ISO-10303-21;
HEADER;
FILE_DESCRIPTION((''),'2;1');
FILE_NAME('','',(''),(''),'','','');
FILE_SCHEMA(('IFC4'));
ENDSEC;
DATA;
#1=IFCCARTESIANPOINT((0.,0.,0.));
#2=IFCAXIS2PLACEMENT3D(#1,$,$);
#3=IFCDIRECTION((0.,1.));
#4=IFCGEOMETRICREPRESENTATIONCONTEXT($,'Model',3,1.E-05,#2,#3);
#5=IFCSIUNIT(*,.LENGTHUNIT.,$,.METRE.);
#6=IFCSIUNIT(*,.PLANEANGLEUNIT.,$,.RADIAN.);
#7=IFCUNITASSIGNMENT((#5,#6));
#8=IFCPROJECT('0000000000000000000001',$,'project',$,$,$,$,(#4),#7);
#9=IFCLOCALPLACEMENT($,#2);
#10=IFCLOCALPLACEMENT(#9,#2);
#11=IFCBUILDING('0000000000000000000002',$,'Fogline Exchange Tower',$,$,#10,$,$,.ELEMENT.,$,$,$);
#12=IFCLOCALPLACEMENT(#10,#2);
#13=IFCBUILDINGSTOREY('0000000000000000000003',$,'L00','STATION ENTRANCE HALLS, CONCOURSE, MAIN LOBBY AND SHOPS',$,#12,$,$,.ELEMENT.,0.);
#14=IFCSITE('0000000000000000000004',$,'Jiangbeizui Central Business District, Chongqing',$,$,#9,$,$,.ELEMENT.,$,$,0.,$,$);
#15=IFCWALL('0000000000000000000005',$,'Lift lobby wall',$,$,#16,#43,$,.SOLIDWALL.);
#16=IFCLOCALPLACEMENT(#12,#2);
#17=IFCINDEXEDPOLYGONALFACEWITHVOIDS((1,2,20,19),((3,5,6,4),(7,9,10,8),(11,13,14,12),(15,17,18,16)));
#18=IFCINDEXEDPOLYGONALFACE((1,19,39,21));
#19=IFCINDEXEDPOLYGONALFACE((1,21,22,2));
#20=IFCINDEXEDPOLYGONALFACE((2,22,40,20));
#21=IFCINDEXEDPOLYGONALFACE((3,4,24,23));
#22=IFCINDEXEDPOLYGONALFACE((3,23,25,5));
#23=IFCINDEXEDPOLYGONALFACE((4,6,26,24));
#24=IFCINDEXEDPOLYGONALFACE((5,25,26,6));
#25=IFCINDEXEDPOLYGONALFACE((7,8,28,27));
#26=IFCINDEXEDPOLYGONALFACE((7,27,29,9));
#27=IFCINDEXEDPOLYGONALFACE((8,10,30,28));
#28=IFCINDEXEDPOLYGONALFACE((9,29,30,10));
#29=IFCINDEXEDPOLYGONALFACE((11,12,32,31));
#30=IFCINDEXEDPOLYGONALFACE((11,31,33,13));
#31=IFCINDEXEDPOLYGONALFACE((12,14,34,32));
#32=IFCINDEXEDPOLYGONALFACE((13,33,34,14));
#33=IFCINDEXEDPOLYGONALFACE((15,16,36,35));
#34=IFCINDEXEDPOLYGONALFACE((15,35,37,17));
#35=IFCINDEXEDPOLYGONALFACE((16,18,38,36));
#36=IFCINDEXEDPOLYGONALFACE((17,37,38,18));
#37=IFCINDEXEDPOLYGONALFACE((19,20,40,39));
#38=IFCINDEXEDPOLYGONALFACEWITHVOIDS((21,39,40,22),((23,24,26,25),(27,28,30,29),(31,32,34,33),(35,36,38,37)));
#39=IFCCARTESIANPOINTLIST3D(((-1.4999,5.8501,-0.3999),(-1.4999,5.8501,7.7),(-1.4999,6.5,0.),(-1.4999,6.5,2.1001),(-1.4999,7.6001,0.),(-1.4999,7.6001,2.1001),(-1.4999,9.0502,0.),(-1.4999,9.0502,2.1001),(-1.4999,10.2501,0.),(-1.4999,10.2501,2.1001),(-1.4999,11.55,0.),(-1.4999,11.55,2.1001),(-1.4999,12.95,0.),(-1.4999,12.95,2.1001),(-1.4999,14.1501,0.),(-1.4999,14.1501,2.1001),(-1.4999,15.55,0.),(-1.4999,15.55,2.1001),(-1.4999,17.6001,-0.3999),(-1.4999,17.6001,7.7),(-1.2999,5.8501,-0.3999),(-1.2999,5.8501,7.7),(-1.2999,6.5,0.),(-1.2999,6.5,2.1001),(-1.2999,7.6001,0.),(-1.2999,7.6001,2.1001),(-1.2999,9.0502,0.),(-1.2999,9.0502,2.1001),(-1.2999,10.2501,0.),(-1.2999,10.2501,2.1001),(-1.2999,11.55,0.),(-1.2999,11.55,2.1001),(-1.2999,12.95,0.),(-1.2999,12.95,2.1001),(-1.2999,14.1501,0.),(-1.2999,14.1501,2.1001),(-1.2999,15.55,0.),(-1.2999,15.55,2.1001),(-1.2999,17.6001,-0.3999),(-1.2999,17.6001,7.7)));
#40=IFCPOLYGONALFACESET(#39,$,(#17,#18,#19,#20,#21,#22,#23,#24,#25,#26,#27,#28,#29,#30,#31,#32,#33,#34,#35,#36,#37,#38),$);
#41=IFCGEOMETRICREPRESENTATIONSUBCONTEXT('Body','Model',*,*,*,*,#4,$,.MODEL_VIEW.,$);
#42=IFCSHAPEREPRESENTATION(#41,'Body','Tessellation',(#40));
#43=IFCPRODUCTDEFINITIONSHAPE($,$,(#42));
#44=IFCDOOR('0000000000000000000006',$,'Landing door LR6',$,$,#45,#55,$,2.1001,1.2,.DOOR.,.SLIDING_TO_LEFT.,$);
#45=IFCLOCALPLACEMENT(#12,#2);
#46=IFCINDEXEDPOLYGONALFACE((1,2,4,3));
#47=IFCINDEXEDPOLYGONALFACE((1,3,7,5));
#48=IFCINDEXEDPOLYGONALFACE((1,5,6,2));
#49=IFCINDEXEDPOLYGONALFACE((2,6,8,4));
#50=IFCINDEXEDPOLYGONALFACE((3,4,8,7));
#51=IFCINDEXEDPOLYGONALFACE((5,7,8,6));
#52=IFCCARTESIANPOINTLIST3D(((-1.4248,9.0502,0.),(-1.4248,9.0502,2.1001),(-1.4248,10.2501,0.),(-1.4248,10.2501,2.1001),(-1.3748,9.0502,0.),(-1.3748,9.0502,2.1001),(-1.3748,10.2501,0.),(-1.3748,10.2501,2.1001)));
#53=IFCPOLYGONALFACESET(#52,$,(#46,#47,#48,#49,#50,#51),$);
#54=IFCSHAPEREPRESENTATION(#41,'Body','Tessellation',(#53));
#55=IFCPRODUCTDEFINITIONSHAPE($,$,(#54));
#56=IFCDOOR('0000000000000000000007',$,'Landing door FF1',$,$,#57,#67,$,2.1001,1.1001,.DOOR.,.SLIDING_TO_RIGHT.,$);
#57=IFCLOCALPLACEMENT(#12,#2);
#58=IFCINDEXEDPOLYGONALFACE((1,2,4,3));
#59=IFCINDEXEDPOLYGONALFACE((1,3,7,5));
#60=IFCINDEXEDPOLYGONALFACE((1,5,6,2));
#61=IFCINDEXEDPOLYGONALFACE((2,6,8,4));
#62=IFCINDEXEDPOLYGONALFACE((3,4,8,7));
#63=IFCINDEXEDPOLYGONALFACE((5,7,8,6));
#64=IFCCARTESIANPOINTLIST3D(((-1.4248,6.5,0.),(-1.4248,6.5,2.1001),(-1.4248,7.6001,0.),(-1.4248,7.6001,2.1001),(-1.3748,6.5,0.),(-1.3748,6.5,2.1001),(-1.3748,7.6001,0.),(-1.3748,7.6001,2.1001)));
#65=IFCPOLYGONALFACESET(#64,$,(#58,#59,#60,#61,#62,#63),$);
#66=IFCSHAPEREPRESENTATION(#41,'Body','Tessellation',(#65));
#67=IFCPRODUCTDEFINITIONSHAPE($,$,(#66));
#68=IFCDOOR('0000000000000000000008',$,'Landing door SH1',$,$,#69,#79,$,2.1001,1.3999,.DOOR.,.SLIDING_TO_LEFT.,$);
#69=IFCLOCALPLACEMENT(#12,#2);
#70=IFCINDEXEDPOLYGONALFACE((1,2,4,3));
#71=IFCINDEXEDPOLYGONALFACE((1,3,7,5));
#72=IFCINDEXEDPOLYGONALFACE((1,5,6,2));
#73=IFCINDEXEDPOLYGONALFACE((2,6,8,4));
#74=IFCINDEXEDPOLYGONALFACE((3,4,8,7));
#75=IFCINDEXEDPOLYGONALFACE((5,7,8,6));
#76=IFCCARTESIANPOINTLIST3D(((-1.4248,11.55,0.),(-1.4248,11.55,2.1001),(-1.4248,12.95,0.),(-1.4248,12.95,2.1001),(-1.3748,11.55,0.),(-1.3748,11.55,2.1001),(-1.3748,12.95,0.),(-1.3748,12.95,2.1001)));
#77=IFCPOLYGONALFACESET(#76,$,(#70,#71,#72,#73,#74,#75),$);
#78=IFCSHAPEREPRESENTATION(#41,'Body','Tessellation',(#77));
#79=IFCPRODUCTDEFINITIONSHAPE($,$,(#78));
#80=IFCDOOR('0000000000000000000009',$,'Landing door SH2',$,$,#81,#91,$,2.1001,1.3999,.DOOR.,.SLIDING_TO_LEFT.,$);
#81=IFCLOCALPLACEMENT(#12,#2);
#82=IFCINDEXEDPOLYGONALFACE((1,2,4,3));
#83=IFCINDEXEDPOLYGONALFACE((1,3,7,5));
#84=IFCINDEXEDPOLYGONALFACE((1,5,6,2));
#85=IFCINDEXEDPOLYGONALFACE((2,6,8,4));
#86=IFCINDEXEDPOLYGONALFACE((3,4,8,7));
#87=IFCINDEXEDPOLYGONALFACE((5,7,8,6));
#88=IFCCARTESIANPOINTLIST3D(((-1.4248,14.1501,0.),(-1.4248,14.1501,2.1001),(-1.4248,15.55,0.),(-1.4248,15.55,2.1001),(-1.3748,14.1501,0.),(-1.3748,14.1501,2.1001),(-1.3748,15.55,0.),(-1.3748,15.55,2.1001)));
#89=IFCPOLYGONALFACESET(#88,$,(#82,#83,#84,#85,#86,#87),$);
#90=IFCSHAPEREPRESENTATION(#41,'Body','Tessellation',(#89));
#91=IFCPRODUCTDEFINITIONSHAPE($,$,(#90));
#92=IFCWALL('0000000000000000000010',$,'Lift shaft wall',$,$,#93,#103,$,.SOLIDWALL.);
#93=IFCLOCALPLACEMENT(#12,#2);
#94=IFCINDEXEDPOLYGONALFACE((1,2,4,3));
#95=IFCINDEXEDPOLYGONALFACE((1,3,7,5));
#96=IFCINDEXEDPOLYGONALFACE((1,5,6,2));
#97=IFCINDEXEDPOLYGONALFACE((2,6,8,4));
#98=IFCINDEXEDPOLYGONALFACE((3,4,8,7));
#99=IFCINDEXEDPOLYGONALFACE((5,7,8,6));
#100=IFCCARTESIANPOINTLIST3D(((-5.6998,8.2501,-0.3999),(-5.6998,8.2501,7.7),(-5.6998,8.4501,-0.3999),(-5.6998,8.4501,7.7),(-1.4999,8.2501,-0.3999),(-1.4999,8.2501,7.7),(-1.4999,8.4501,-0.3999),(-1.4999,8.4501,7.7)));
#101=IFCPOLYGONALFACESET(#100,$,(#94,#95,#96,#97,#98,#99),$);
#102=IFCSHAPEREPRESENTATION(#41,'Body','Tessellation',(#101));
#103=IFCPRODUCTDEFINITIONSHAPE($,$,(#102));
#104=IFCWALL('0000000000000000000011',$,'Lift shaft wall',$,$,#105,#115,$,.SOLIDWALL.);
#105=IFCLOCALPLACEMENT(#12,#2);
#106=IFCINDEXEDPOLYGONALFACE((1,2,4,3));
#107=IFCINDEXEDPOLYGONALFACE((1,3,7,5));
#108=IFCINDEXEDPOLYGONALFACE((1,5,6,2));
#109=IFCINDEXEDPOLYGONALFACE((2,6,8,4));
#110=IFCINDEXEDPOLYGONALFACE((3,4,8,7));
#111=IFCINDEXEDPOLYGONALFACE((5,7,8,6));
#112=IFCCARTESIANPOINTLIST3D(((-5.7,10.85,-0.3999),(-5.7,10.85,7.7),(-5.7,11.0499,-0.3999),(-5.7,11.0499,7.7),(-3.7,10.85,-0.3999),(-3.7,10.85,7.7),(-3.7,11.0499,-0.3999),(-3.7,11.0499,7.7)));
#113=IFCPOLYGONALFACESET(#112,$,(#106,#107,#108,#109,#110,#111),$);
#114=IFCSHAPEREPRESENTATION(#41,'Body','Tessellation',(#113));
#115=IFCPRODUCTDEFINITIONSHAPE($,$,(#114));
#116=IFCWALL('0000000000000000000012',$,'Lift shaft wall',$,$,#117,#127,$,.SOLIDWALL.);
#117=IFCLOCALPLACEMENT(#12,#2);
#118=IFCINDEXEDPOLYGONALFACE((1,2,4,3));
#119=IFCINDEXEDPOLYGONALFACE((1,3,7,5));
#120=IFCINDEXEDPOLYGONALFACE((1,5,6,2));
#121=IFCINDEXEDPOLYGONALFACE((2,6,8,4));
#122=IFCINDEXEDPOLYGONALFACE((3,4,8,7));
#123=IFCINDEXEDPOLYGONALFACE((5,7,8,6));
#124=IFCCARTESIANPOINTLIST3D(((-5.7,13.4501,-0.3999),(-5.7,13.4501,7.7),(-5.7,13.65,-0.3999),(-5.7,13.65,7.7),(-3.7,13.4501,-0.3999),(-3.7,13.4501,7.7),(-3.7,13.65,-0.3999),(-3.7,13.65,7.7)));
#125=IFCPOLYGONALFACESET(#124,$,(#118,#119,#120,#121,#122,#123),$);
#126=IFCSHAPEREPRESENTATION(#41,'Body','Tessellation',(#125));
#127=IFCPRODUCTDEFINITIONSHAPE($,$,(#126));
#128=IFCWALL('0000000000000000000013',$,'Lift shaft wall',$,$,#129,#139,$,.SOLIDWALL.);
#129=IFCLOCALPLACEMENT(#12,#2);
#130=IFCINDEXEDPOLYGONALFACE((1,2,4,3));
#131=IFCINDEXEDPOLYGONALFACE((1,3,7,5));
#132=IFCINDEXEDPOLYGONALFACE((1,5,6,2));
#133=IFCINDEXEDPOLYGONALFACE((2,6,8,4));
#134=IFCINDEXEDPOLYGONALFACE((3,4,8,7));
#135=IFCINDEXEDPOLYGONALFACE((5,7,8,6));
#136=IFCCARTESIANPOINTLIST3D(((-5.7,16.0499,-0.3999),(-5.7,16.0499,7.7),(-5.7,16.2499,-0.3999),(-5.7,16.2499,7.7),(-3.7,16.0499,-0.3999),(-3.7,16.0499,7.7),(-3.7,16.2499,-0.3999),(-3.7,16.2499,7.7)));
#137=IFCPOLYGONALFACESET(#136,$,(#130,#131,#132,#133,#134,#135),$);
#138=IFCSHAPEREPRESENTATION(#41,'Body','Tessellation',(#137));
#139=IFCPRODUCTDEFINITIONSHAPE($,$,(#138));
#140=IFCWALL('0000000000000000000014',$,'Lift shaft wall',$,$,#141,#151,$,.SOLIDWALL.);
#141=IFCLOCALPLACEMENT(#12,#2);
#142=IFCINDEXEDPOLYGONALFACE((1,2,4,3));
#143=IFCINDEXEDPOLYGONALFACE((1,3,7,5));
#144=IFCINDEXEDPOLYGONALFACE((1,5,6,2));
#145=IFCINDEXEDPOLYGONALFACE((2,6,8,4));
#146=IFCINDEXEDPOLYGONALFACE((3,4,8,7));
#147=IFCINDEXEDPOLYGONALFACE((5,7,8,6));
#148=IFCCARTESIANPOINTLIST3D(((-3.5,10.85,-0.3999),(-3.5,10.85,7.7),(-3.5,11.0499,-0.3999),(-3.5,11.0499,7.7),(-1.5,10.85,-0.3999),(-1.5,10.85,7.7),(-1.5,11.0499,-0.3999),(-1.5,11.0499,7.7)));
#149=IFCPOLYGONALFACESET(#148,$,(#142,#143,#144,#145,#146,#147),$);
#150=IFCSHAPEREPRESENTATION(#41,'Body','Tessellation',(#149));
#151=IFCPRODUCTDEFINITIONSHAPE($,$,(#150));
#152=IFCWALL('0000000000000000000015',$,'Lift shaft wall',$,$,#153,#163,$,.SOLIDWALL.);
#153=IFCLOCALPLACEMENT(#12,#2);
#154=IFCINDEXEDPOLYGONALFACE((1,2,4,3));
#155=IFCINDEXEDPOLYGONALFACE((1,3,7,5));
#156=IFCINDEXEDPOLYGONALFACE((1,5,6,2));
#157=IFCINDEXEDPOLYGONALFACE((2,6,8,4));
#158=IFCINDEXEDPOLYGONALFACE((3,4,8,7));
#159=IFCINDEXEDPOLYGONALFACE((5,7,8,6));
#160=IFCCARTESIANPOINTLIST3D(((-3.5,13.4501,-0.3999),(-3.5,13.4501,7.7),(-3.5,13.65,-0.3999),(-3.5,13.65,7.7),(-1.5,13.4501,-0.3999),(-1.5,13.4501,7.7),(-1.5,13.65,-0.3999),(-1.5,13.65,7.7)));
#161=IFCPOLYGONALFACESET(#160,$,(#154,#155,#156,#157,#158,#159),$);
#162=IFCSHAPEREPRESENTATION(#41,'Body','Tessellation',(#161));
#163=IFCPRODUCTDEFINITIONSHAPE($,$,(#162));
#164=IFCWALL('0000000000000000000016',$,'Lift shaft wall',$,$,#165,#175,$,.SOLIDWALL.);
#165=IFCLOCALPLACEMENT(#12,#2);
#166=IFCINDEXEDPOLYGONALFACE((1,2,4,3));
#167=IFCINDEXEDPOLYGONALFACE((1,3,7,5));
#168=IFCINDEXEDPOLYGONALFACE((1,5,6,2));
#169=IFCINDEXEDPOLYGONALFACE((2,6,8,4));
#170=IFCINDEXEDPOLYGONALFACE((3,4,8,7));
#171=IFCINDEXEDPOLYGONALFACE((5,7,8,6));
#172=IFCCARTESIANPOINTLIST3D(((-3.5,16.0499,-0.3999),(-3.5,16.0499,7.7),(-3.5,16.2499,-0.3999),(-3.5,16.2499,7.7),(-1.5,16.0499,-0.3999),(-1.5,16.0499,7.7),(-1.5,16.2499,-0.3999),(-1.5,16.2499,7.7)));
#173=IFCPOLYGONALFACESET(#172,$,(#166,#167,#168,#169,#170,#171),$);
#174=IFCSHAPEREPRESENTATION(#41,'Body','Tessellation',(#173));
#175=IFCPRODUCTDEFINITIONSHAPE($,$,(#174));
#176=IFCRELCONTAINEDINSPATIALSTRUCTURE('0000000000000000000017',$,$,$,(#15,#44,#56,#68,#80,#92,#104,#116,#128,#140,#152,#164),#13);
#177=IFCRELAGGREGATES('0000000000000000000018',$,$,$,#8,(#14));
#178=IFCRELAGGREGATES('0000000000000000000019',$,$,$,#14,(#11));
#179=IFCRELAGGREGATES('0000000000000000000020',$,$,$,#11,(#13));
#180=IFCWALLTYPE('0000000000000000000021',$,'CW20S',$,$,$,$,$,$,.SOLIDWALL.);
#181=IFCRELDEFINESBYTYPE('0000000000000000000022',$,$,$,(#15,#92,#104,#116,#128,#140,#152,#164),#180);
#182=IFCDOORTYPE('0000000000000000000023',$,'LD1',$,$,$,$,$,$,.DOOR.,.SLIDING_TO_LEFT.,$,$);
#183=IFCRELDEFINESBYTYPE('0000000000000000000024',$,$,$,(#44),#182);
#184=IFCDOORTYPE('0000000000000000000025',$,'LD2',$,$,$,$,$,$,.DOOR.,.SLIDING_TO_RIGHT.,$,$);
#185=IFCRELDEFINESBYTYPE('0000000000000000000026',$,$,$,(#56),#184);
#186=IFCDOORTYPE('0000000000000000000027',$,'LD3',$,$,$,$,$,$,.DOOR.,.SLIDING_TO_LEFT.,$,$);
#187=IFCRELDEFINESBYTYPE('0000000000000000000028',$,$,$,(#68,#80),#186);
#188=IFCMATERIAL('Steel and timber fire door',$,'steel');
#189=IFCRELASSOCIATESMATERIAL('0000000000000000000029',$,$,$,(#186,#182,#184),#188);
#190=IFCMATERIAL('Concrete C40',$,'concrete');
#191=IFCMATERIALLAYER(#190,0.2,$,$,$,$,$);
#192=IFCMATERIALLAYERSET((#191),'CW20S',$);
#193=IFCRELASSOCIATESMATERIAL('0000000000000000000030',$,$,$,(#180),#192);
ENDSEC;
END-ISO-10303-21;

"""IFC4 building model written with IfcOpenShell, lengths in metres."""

from ifc_helpers import new_model, si_unit, direction, frame, frame_2d, origin, place, context, subcontext, project, spatial, rectangle, extrude, material, layer, layer_set, type_object, element, fill, save


model = new_model("IFC4")

# Units and contexts
model_context = context("Model", 3, precision=1e-05, world=origin(), true_north=direction((0.0, 1.0)))
body_context = subcontext(model_context, "Body", "Model", "MODEL_VIEW")
ifc_project = project(units=[si_unit("LENGTHUNIT", "METRE"), si_unit("PLANEANGLEUNIT", "RADIAN")], contexts=[model_context])

# Site, building, storey
site_placement = place(None, origin())
site = spatial("IfcSite", under=ifc_project, at=site_placement, Name="Jiangbeizui Central Business District, Chongqing", CompositionType="ELEMENT", RefElevation=0.0)
building_placement = place(site_placement, origin())
building = spatial("IfcBuilding", under=site, at=building_placement, Name="Fogline Exchange Tower", CompositionType="ELEMENT")
storey_placement = place(building_placement, origin())
storey = spatial("IfcBuildingStorey", under=building, at=storey_placement, Name="L00", Description="STATION ENTRANCE HALLS, CONCOURSE, MAIN LOBBY AND SHOPS", CompositionType="ELEMENT", Elevation=0.0)

# Shared definitions
ifc_material_1 = material(Name="Steel and timber fire door", Category="steel")

# Shared definitions
ifc_material_2 = material(Name="Concrete C40", Category="concrete")
door_type_1 = type_object("IfcDoorType", Name="LD3", OperationType="SLIDING_TO_LEFT", PredefinedType="DOOR", material=ifc_material_1)

# Shared definitions
ifc_layer_1 = layer(ifc_material_2, 0.2)
ifc_layer_set_1 = layer_set([ifc_layer_1], Name="CW20S")
wall_type_1 = type_object("IfcWallType", Name="CW20S", PredefinedType="SOLIDWALL", material=ifc_layer_set_1)
door_type_2 = type_object("IfcDoorType", Name="LD1", OperationType="SLIDING_TO_LEFT", PredefinedType="DOOR", material=ifc_material_1)

# Wall, openings, doors
wall_1_placement = place(storey_placement, frame((-1.3999, 5.8501, -0.3999), z_axis=(0.0, 0.0, 1.0), x_axis=(0.0, 1.0, 0.0)))
wall_1 = element("IfcWall", 1, at=wall_1_placement, inside=storey, type_object=wall_type_1, Name="Lift lobby wall", PredefinedType="SOLIDWALL", context=body_context, shape_type="SweptSolid", body=[
    extrude(rectangle(XDim=11.75, YDim=0.2, at=frame_2d((5.875, 0.0))), origin(), (0.0, 0.0, 1.0), 8.0999),
])
opening_1_placement = place(wall_1_placement, frame((3.2, 0.0, 0.3999)))
opening_1 = element("IfcOpeningElement", 2, at=opening_1_placement, cuts=wall_1, PredefinedType="OPENING", context=body_context, shape_type="SweptSolid", body=[
    extrude(rectangle(XDim=1.2, YDim=2.1001, at=frame_2d((0.6001, 1.05))), frame((0.0, 0.1099, 0.0), z_axis=(0.0, -1.0, 0.0), x_axis=(1.0, 0.0, 0.0)), (0.0, 0.0, 1.0), 0.22),
])
opening_2_placement = place(wall_1_placement, frame((5.7, 0.0, 0.3999)))
opening_2 = element("IfcOpeningElement", 3, at=opening_2_placement, cuts=wall_1, PredefinedType="OPENING", context=body_context, shape_type="SweptSolid", body=[
    extrude(rectangle(XDim=1.3999, YDim=2.1001, at=frame_2d((0.7, 1.05))), frame((0.0, 0.1099, 0.0), z_axis=(0.0, -1.0, 0.0), x_axis=(1.0, 0.0, 0.0)), (0.0, 0.0, 1.0), 0.22),
])
opening_3_placement = place(wall_1_placement, frame((8.3, 0.0, 0.3999)))
opening_3 = element("IfcOpeningElement", 4, at=opening_3_placement, cuts=wall_1, PredefinedType="OPENING", context=body_context, shape_type="SweptSolid", body=[
    extrude(rectangle(XDim=1.3999, YDim=2.1001, at=frame_2d((0.7, 1.05))), frame((0.0, 0.1099, 0.0), z_axis=(0.0, -1.0, 0.0), x_axis=(1.0, 0.0, 0.0)), (0.0, 0.0, 1.0), 0.22),
])
opening_4_placement = place(wall_1_placement, frame((0.6499, 0.0, 0.3999)))
opening_4 = element("IfcOpeningElement", 5, at=opening_4_placement, cuts=wall_1, PredefinedType="OPENING", context=body_context, shape_type="SweptSolid", body=[
    extrude(rectangle(XDim=1.1001, YDim=2.1001, at=frame_2d((0.55, 1.05))), frame((0.0, 0.1099, 0.0), z_axis=(0.0, -1.0, 0.0), x_axis=(1.0, 0.0, 0.0)), (0.0, 0.0, 1.0), 0.22),
])
door_1_placement = place(opening_1_placement, origin())
door_1 = element("IfcDoor", 6, at=door_1_placement, inside=storey, type_object=door_type_2, Name="Landing door LR6", OperationType="SLIDING_TO_LEFT", OverallHeight=2.1001, OverallWidth=1.2, PredefinedType="DOOR", context=body_context, shape_type="SweptSolid", body=[
    extrude(rectangle(XDim=1.2, YDim=2.1001, at=frame_2d((0.6001, 1.05))), frame((0.0, 0.0249, 0.0), z_axis=(0.0, -1.0, 0.0), x_axis=(1.0, 0.0, 0.0)), (0.0, 0.0, 1.0), 0.05),
])
fill(opening_1, door_1)
door_type_3 = type_object("IfcDoorType", Name="LD2", OperationType="SLIDING_TO_RIGHT", PredefinedType="DOOR", material=ifc_material_1)
door_2_placement = place(opening_4_placement, origin())
door_2 = element("IfcDoor", 7, at=door_2_placement, inside=storey, type_object=door_type_3, Name="Landing door FF1", OperationType="SLIDING_TO_RIGHT", OverallHeight=2.1001, OverallWidth=1.1001, PredefinedType="DOOR", context=body_context, shape_type="SweptSolid", body=[
    extrude(rectangle(XDim=1.1001, YDim=2.1001, at=frame_2d((0.55, 1.05))), frame((0.0, 0.0249, 0.0), z_axis=(0.0, -1.0, 0.0), x_axis=(1.0, 0.0, 0.0)), (0.0, 0.0, 1.0), 0.05),
])
fill(opening_4, door_2)
door_3_placement = place(opening_2_placement, origin())
door_3 = element("IfcDoor", 8, at=door_3_placement, inside=storey, type_object=door_type_1, Name="Landing door SH1", OperationType="SLIDING_TO_LEFT", OverallHeight=2.1001, OverallWidth=1.3999, PredefinedType="DOOR", context=body_context, shape_type="SweptSolid", body=[
    extrude(rectangle(XDim=1.3999, YDim=2.1001, at=frame_2d((0.7, 1.05))), frame((0.0, 0.0249, 0.0), z_axis=(0.0, -1.0, 0.0), x_axis=(1.0, 0.0, 0.0)), (0.0, 0.0, 1.0), 0.05),
])
fill(opening_2, door_3)
door_4_placement = place(opening_3_placement, origin())
door_4 = element("IfcDoor", 9, at=door_4_placement, inside=storey, type_object=door_type_1, Name="Landing door SH2", OperationType="SLIDING_TO_LEFT", OverallHeight=2.1001, OverallWidth=1.3999, PredefinedType="DOOR", context=body_context, shape_type="SweptSolid", body=[
    extrude(rectangle(XDim=1.3999, YDim=2.1001, at=frame_2d((0.7, 1.05))), frame((0.0, 0.0249, 0.0), z_axis=(0.0, -1.0, 0.0), x_axis=(1.0, 0.0, 0.0)), (0.0, 0.0, 1.0), 0.05),
])
fill(opening_3, door_4)

# Walls
wall_2_placement = place(storey_placement, frame((-5.7, 8.3501, -0.3999), z_axis=(0.0, 0.0, 1.0), x_axis=(1.0, 0.0, 0.0)))
element("IfcWall", 10, at=wall_2_placement, inside=storey, type_object=wall_type_1, Name="Lift shaft wall", PredefinedType="SOLIDWALL", context=body_context, shape_type="SweptSolid", body=[
    extrude(rectangle(XDim=4.2, YDim=0.2, at=frame_2d((2.1001, 0.0))), origin(), (0.0, 0.0, 1.0), 8.0999),
])
for number, where, z_axis, x_axis, name in (
    (11, (-5.7, 10.95, -0.3999), (0.0, 0.0, 1.0), (1.0, 0.0, 0.0), "Lift shaft wall"),
    (12, (-5.7, 13.55, -0.3999), (0.0, 0.0, 1.0), (1.0, 0.0, 0.0), "Lift shaft wall"),
    (13, (-5.7, 16.1499, -0.3999), (0.0, 0.0, 1.0), (1.0, 0.0, 0.0), "Lift shaft wall"),
    (14, (-3.5, 10.95, -0.3999), (0.0, 0.0, 1.0), (1.0, 0.0, 0.0), "Lift shaft wall"),
    (15, (-3.5, 13.55, -0.3999), (0.0, 0.0, 1.0), (1.0, 0.0, 0.0), "Lift shaft wall"),
    (16, (-3.5, 16.1499, -0.3999), (0.0, 0.0, 1.0), (1.0, 0.0, 0.0), "Lift shaft wall"),
):
    element("IfcWall", number, at=place(storey_placement, frame(where, z_axis=z_axis, x_axis=x_axis)), inside=storey, type_object=wall_type_1, Name=name, PredefinedType="SOLIDWALL", context=body_context, shape_type="SweptSolid", body=[
        extrude(rectangle(XDim=2.0, YDim=0.2, at=frame_2d((1.0, 0.0))), origin(), (0.0, 0.0, 1.0), 8.0999),
    ])

save(model, "model.ifc")
